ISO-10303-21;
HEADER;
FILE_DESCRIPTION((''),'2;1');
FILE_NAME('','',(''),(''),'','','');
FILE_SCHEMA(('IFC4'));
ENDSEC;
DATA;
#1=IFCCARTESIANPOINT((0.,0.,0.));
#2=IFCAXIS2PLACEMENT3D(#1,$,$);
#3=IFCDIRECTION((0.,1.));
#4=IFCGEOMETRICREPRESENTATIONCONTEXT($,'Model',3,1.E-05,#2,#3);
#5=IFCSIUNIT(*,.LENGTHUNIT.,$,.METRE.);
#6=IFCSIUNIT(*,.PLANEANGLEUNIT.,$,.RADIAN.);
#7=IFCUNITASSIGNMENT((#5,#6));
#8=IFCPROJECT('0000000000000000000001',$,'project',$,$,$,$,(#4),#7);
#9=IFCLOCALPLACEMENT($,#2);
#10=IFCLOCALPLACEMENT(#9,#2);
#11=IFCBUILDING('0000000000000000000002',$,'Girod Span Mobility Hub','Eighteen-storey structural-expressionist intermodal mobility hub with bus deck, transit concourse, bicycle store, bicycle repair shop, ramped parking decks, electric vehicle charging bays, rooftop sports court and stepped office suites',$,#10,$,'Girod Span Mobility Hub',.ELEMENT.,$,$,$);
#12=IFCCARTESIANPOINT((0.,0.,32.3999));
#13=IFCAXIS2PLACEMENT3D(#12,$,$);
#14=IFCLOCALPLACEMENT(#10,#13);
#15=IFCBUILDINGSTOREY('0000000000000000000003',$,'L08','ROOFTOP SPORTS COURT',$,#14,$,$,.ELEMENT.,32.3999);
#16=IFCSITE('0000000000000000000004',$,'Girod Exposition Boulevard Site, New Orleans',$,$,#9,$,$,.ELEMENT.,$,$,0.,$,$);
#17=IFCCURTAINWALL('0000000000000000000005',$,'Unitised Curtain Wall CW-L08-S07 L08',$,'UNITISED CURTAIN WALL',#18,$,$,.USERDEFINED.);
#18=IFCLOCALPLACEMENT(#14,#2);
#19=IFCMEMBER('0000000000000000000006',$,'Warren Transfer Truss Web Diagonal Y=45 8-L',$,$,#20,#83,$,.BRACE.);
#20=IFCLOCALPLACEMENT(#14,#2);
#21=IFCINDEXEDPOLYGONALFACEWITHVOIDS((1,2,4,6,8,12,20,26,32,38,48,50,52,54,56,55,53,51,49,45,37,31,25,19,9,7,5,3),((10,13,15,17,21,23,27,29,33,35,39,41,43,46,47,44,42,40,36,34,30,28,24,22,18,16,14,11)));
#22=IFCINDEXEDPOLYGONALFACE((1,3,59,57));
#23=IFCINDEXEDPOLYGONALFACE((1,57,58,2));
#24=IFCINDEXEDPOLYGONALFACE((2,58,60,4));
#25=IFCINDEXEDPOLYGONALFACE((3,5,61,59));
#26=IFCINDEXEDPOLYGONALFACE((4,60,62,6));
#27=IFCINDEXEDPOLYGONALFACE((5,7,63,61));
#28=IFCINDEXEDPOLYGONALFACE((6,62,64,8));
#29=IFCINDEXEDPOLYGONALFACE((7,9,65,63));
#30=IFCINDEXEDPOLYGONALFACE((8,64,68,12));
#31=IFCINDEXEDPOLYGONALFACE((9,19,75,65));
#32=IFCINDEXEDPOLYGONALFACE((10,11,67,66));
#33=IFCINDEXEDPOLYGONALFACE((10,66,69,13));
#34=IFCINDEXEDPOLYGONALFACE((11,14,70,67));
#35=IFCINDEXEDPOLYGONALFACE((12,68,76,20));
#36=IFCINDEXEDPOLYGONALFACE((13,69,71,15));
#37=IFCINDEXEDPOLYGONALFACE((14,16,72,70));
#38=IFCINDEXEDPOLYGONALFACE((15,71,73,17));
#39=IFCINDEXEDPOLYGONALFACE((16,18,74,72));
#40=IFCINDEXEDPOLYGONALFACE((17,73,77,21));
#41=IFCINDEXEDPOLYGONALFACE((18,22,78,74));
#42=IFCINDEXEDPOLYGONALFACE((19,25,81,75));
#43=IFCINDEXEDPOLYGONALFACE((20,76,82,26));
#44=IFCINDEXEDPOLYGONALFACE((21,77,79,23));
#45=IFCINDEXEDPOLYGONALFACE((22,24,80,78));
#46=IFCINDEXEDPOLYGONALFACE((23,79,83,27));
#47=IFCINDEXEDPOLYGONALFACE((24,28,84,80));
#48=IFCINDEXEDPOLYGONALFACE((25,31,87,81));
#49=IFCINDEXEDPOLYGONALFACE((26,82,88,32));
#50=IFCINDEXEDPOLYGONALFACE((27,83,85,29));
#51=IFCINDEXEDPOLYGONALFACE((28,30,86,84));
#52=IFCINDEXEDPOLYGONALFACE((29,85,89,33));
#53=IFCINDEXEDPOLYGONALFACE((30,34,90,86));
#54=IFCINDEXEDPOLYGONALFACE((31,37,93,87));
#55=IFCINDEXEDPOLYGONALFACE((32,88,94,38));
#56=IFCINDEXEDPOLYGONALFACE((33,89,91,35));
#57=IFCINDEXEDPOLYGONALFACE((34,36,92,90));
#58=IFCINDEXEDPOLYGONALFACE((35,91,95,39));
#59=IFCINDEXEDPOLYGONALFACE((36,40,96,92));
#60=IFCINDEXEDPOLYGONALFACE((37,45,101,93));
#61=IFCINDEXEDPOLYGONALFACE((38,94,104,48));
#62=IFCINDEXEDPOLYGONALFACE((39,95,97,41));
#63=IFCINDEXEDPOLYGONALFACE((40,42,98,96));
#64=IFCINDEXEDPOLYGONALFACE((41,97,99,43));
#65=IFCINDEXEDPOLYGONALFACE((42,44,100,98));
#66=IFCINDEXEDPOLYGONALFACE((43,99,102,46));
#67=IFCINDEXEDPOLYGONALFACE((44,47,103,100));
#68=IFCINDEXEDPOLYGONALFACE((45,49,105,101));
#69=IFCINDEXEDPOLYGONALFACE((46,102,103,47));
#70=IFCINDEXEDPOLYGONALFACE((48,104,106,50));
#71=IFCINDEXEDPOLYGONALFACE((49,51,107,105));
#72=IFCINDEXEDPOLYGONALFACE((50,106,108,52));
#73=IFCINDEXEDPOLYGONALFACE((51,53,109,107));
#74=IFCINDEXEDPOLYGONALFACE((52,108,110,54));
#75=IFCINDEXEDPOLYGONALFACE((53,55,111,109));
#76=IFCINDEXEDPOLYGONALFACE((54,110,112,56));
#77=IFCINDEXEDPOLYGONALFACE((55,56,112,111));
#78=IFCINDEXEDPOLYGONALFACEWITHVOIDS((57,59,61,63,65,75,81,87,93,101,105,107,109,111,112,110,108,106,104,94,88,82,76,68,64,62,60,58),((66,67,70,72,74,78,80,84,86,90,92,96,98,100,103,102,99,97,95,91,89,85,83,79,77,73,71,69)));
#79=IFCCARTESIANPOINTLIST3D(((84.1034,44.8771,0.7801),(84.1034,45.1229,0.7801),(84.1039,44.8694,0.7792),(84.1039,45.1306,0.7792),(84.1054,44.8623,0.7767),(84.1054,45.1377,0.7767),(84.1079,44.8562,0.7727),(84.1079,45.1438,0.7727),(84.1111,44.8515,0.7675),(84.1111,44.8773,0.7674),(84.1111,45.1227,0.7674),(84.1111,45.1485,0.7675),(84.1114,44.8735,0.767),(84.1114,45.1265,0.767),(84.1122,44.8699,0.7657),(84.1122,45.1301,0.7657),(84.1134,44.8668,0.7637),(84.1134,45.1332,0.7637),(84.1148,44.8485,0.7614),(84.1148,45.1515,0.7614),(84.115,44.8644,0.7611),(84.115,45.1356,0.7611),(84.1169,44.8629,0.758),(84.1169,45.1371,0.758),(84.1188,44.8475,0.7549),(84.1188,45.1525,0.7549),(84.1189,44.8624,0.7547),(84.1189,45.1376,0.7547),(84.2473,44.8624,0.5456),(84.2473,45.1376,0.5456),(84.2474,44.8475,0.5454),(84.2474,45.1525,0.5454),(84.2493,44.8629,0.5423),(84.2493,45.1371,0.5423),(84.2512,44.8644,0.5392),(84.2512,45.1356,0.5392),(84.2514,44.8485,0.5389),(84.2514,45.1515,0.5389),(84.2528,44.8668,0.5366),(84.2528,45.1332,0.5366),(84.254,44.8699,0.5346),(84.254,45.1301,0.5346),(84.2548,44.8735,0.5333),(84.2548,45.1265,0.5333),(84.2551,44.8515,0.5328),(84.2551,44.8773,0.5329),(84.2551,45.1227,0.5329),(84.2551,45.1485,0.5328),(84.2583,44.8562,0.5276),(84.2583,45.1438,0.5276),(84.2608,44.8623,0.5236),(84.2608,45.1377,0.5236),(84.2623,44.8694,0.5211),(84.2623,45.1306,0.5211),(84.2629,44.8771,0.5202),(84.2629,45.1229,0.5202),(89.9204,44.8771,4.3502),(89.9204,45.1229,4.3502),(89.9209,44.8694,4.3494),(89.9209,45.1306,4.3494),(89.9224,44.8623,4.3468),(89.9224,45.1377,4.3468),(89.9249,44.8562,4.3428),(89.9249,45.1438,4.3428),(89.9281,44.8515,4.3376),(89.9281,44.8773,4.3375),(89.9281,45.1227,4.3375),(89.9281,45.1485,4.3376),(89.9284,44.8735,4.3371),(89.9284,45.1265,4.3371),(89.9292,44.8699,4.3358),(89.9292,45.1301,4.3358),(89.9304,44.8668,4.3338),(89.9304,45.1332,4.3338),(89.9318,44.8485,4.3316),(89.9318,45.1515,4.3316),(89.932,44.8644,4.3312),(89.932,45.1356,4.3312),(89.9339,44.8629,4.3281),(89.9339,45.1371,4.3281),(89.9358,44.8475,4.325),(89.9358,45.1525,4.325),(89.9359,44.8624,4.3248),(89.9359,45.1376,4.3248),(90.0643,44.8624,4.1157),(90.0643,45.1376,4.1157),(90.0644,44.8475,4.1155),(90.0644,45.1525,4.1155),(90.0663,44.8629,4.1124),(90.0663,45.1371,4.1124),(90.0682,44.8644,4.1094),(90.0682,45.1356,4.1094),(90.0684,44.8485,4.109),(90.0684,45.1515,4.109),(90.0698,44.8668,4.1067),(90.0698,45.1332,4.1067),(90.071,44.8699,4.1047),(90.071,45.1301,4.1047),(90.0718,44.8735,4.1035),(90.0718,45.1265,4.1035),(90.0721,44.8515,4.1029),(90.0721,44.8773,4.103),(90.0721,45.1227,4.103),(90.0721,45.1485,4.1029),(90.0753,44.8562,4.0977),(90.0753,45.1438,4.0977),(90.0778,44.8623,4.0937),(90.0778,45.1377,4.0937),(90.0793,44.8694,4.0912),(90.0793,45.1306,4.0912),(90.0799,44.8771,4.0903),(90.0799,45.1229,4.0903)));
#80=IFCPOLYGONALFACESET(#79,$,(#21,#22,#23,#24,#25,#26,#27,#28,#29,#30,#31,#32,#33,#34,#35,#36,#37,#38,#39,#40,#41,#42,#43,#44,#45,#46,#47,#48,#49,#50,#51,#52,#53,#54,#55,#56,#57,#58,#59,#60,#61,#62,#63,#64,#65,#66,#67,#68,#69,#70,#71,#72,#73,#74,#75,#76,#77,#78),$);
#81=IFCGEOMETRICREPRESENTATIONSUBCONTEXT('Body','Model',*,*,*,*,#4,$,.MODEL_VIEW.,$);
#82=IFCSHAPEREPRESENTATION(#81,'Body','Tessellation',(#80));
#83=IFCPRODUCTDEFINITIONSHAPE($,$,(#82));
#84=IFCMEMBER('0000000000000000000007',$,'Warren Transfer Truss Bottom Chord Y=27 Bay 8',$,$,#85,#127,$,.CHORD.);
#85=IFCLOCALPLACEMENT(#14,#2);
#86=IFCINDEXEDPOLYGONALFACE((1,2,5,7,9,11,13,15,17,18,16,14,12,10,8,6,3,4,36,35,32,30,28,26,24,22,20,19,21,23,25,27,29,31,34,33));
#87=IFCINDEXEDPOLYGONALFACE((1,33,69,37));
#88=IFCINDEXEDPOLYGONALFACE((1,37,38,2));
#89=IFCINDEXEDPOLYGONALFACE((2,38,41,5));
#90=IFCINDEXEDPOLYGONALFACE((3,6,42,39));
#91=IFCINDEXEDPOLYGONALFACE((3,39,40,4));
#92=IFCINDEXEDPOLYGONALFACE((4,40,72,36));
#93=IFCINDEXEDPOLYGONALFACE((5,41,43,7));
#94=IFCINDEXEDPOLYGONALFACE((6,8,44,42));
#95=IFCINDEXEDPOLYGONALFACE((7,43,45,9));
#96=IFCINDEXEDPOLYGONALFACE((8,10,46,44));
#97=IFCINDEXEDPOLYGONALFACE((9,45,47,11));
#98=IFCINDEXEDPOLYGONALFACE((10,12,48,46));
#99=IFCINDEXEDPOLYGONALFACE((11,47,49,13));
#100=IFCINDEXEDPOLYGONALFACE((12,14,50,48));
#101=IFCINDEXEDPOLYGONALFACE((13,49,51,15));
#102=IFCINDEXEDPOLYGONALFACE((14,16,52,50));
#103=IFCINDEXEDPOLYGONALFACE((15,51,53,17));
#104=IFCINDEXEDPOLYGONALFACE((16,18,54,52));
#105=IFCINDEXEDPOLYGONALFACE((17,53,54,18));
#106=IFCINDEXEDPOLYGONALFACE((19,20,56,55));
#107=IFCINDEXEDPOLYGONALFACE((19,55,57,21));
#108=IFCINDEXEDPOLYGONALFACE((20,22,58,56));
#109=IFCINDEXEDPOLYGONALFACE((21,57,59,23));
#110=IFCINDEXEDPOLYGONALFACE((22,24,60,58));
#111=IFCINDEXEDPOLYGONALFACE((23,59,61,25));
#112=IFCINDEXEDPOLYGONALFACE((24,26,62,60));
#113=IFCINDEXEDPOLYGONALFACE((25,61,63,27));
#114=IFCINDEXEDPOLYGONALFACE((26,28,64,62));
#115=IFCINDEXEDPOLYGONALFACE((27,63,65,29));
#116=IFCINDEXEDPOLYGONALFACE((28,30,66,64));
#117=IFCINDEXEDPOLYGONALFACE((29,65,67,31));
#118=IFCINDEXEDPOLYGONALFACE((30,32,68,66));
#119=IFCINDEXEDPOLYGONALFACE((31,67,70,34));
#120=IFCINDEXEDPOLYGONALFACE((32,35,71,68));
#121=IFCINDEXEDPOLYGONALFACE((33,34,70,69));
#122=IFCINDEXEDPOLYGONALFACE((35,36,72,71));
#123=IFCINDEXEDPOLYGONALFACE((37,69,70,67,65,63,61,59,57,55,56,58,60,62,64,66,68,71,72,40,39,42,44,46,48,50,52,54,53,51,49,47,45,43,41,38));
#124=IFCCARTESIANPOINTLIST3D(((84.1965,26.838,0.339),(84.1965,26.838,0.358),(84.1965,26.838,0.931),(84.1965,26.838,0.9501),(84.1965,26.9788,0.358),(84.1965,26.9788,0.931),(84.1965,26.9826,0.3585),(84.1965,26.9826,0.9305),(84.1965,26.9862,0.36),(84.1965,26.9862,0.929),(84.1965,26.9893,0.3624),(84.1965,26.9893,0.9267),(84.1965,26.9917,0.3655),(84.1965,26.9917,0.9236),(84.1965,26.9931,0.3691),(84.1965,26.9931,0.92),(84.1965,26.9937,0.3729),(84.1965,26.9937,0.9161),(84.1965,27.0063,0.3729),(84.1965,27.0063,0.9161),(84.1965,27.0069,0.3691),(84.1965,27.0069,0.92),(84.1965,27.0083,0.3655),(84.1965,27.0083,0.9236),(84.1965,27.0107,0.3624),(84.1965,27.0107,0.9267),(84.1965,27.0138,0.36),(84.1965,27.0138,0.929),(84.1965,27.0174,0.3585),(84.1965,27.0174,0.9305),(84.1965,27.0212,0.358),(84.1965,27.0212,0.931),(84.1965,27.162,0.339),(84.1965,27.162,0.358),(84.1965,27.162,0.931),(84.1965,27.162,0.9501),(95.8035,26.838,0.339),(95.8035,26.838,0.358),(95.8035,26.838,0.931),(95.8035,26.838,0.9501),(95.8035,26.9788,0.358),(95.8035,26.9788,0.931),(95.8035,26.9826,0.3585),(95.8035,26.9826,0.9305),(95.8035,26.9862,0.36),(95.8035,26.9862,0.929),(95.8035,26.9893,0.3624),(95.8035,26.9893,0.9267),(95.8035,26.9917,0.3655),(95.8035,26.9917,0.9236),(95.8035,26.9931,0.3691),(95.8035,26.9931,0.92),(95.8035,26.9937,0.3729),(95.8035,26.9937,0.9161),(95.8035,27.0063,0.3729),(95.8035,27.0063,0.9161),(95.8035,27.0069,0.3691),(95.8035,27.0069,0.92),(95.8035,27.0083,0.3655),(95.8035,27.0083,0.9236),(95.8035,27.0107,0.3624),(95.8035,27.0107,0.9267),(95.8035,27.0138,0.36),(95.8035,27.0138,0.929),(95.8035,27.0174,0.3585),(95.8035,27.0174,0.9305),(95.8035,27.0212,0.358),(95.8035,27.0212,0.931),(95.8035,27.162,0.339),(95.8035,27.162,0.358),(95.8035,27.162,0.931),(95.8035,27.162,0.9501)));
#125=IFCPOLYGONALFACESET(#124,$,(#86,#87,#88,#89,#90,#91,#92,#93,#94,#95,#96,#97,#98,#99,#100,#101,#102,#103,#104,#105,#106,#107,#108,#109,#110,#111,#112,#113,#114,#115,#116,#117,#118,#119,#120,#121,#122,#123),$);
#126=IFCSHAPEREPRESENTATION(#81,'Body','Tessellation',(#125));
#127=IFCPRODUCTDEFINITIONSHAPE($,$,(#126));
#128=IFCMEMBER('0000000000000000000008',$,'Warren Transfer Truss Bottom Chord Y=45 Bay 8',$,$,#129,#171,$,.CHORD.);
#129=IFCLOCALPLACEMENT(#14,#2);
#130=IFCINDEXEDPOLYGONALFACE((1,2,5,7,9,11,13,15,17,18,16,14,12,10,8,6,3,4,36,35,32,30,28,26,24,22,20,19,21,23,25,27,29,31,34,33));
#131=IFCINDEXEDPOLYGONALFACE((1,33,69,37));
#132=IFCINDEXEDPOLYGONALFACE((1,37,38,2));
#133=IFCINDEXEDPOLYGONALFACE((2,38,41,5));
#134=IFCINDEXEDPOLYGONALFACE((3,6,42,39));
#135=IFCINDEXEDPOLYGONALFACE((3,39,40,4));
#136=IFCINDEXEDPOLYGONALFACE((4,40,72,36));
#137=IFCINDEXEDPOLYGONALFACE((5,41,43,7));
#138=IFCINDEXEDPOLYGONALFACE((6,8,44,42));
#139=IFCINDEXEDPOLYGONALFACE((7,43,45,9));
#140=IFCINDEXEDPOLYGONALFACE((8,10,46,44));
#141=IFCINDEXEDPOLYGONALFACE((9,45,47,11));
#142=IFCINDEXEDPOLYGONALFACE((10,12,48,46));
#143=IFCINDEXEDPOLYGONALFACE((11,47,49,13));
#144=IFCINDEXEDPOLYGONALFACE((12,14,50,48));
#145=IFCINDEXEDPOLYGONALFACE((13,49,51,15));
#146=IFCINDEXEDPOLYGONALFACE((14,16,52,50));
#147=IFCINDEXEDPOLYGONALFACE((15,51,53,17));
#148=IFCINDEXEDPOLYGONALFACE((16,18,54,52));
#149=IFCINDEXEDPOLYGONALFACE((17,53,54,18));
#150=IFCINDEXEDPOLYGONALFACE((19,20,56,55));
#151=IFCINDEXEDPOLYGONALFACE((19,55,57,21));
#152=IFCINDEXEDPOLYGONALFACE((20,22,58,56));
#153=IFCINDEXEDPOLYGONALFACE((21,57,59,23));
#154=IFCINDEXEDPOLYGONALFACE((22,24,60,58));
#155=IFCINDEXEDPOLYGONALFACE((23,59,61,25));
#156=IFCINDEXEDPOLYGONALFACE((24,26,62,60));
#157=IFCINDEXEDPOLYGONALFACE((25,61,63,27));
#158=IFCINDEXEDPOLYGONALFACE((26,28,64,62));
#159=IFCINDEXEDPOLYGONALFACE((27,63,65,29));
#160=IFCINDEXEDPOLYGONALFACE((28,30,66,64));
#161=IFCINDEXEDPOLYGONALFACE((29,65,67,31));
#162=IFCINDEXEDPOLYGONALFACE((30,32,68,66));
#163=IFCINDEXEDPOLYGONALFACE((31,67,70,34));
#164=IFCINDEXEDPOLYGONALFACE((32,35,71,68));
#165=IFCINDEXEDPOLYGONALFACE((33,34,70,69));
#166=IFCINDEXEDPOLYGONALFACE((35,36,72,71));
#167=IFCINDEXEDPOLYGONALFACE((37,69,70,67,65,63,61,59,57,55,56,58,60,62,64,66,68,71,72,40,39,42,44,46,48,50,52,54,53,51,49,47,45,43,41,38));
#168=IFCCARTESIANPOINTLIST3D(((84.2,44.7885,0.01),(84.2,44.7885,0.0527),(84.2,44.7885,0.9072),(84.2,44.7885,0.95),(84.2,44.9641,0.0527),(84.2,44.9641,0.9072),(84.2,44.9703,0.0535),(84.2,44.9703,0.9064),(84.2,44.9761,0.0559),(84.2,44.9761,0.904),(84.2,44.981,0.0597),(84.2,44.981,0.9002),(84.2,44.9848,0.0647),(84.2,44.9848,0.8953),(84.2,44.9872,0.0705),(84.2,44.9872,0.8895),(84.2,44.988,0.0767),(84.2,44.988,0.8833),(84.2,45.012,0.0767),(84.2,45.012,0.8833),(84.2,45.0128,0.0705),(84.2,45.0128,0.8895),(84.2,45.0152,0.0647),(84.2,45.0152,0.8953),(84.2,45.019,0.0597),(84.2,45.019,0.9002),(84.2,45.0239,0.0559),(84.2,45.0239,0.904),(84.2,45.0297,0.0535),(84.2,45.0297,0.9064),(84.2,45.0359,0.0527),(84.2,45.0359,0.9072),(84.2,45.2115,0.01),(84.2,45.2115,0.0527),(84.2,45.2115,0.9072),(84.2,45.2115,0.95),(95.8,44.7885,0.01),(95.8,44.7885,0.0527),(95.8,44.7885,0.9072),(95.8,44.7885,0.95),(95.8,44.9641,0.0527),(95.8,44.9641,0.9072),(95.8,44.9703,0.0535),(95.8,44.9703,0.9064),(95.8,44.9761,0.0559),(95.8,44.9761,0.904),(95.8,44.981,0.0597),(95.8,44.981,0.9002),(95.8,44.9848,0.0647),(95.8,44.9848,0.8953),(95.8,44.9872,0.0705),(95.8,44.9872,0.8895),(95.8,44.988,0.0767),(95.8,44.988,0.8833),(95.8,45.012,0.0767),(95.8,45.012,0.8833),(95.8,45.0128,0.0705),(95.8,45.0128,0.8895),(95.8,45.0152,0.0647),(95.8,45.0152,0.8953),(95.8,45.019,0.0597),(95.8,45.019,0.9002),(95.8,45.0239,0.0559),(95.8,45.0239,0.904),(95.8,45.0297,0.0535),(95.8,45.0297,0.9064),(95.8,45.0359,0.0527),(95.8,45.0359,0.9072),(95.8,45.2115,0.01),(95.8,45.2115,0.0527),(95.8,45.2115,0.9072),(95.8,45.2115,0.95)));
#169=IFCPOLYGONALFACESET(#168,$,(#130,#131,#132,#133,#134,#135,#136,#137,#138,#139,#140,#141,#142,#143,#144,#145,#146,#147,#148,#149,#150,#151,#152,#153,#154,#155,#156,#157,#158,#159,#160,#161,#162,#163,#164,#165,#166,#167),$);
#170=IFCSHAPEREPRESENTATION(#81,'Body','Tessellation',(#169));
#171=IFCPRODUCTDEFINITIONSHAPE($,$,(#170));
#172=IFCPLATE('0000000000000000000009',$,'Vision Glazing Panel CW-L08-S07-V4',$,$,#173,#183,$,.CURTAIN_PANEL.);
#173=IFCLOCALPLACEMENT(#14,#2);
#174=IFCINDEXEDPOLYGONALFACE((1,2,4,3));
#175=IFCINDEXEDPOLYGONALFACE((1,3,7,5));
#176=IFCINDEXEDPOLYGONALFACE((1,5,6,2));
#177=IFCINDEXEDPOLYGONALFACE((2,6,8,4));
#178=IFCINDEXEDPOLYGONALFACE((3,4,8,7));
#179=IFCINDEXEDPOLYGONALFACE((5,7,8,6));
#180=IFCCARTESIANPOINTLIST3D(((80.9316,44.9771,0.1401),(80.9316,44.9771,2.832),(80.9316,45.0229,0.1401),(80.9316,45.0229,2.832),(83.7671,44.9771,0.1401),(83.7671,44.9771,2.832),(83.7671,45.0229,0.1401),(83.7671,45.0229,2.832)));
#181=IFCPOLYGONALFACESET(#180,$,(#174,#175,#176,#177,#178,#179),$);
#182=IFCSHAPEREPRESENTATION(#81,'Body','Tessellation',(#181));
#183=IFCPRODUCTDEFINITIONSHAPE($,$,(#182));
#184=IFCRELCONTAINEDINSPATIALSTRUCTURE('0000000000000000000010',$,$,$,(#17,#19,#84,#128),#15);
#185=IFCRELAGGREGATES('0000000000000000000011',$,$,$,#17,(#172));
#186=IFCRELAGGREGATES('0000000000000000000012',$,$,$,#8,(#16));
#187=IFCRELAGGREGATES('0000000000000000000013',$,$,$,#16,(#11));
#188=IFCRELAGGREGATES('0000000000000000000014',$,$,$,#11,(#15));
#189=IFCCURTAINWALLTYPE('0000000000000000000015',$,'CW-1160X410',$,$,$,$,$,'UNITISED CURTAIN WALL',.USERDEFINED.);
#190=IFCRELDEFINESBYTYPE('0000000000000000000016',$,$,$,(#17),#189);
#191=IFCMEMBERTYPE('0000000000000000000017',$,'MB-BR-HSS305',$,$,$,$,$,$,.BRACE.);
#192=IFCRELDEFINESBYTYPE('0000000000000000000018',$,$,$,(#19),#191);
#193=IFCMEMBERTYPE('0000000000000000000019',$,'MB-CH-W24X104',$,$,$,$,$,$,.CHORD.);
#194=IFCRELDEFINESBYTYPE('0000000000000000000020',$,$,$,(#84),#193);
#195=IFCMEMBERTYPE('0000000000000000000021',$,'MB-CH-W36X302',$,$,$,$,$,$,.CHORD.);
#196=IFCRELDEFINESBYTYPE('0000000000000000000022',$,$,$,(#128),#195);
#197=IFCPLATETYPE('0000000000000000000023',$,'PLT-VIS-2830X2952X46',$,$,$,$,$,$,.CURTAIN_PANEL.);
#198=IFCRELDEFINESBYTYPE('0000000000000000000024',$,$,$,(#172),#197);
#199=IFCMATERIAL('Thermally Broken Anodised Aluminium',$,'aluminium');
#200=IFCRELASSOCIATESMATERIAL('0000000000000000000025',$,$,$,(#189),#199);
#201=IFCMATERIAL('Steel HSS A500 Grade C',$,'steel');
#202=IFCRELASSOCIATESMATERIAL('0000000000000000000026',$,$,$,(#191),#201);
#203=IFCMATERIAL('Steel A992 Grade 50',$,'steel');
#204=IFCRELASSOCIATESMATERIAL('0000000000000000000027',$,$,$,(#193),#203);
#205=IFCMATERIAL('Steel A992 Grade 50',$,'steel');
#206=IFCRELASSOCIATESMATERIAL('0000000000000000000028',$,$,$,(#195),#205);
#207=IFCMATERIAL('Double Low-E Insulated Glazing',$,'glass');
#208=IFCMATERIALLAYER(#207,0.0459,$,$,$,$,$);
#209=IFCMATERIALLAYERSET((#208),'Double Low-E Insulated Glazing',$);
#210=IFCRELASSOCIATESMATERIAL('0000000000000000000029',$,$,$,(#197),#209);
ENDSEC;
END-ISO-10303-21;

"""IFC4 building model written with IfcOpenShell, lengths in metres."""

from ifc_helpers import new_model, si_unit, direction, frame, origin, origin_2d, place, context, subcontext, project, spatial, rectangle, hollow_rectangle, i_section, extrude, material, layer, layer_set, material_profile, profile_set, type_object, element, aggregate, save


model = new_model("IFC4")

# Units and contexts
model_context = context("Model", 3, precision=1e-05, world=origin(), true_north=direction((0.0, 1.0)))
body_context = subcontext(model_context, "Body", "Model", "MODEL_VIEW")
ifc_project = project(units=[si_unit("LENGTHUNIT", "METRE"), si_unit("PLANEANGLEUNIT", "RADIAN")], contexts=[model_context])

# Site, building, storey
site_placement = place(None, origin())
site = spatial("IfcSite", under=ifc_project, at=site_placement, Name="Girod Exposition Boulevard Site, New Orleans", CompositionType="ELEMENT", RefElevation=0.0)
building_placement = place(site_placement, origin())
building = spatial("IfcBuilding", under=site, at=building_placement, Name="Girod Span Mobility Hub", Description="Eighteen-storey structural-expressionist intermodal mobility hub with bus deck, transit concourse, bicycle store, bicycle repair shop, ramped parking decks, electric vehicle charging bays, rooftop sports court and stepped office suites", LongName="Girod Span Mobility Hub", CompositionType="ELEMENT")
storey_placement = place(building_placement, frame((0.0, 0.0, 32.3999)))
storey = spatial("IfcBuildingStorey", under=building, at=storey_placement, Name="L08", Description="ROOFTOP SPORTS COURT", CompositionType="ELEMENT", Elevation=32.3999)

# Curtain wall
ifc_material_1 = material(Name="Thermally Broken Anodised Aluminium", Category="aluminium")
curtain_wall_type = type_object("IfcCurtainWallType", Name="CW-1160X410", ElementType="UNITISED CURTAIN WALL", PredefinedType="USERDEFINED", material=ifc_material_1)
curtain_wall_1_placement = place(storey_placement, origin())
curtain_wall_1 = element("IfcCurtainWall", 1, at=curtain_wall_1_placement, inside=storey, type_object=curtain_wall_type, Name="Unitised Curtain Wall CW-L08-S07 L08", ObjectType="UNITISED CURTAIN WALL", PredefinedType="USERDEFINED")

# Members
ifc_material_2 = material(Name="Steel HSS A500 Grade C", Category="steel")
ifc_material_profile_1 = material_profile(ifc_material_2, hollow_rectangle(XDim=0.3049, YDim=0.3049, WallThickness=0.0149, InnerFilletRadius=0.0149, OuterFilletRadius=0.0295, at=origin_2d()), Name="HSS305X305X16")
ifc_profile_set_1 = profile_set([ifc_material_profile_1], Name="Steel HSS A500 Grade C")
member_type_1 = type_object("IfcMemberType", Name="MB-BR-HSS305", PredefinedType="BRACE", material=ifc_profile_set_1)
for number, where, z_axis, x_axis, name in (
    (2, (84.1831, 45.0, 0.6501), (0.852283, 0.0, 0.523081), (0.0, 1.0, 0.0), "Warren Transfer Truss Web Diagonal Y=45 8-L"),
):
    element("IfcMember", number, at=place(storey_placement, frame(where, z_axis=z_axis, x_axis=x_axis)), inside=storey, type_object=member_type_1, Name=name, PredefinedType="BRACE", context=body_context, shape_type="SweptSolid", body=[
        extrude(hollow_rectangle(XDim=0.3049, YDim=0.3049, WallThickness=0.0149, InnerFilletRadius=0.0149, OuterFilletRadius=0.0295, at=origin_2d()), origin(), (0.0, 0.0, 1.0), 6.8252),
    ])
ifc_material_3 = material(Name="Steel A992 Grade 50", Category="steel")
ifc_material_profile_2 = material_profile(ifc_material_3, i_section(OverallWidth=0.324, OverallDepth=0.6111, WebThickness=0.0127, FlangeThickness=0.019, FilletRadius=0.0149, at=origin_2d()), Name="W24X104")
ifc_profile_set_2 = profile_set([ifc_material_profile_2], Name="Steel A992 Grade 50")
member_type_2 = type_object("IfcMemberType", Name="MB-CH-W24X104", PredefinedType="CHORD", material=ifc_profile_set_2)
member_1_placement = place(storey_placement, frame((84.1965, 27.0, 0.6445), z_axis=(1.0, 0.0, 0.0), x_axis=(0.0, 1.0, 0.0)))
element("IfcMember", 3, at=member_1_placement, inside=storey, type_object=member_type_2, Name="Warren Transfer Truss Bottom Chord Y=27 Bay 8", PredefinedType="CHORD", context=body_context, shape_type="SweptSolid", body=[
    extrude(i_section(OverallWidth=0.324, OverallDepth=0.6111, WebThickness=0.0127, FlangeThickness=0.019, FilletRadius=0.0149, at=origin_2d()), origin(), (0.0, 0.0, 1.0), 11.6069),
])
ifc_material_4 = material(Name="Steel A992 Grade 50", Category="steel")
ifc_material_profile_3 = material_profile(ifc_material_4, i_section(OverallWidth=0.4231, OverallDepth=0.9399, WebThickness=0.0239, FlangeThickness=0.0427, FilletRadius=0.0239, at=origin_2d()), Name="W36X302")
ifc_profile_set_3 = profile_set([ifc_material_profile_3], Name="Steel A992 Grade 50")
member_type_3 = type_object("IfcMemberType", Name="MB-CH-W36X302", PredefinedType="CHORD", material=ifc_profile_set_3)
member_2_placement = place(storey_placement, frame((84.2, 45.0, 0.48), z_axis=(1.0, 0.0, 0.0), x_axis=(0.0, 1.0, 0.0)))
element("IfcMember", 4, at=member_2_placement, inside=storey, type_object=member_type_3, Name="Warren Transfer Truss Bottom Chord Y=45 Bay 8", PredefinedType="CHORD", context=body_context, shape_type="SweptSolid", body=[
    extrude(i_section(OverallWidth=0.4231, OverallDepth=0.9399, WebThickness=0.0239, FlangeThickness=0.0427, FilletRadius=0.0239, at=origin_2d()), origin(), (0.0, 0.0, 1.0), 11.6001),
])

# Plate
ifc_material_5 = material(Name="Double Low-E Insulated Glazing", Category="glass")
ifc_layer_1 = layer(ifc_material_5, 0.0459)
ifc_layer_set_1 = layer_set([ifc_layer_1], Name="Double Low-E Insulated Glazing")
plate_type = type_object("IfcPlateType", Name="PLT-VIS-2830X2952X46", PredefinedType="CURTAIN_PANEL", material=ifc_layer_set_1)
plate_placement = place(storey_placement, frame((82.3494, 45.0, 0.1401), z_axis=(0.0, 0.0, 1.0), x_axis=(1.0, 0.0, 0.0)))
plate = element("IfcPlate", 5, at=plate_placement, type_object=plate_type, Name="Vision Glazing Panel CW-L08-S07-V4", PredefinedType="CURTAIN_PANEL", context=body_context, shape_type="SweptSolid", body=[
    extrude(rectangle(XDim=2.8354, YDim=0.0459, at=origin_2d()), origin(), (0.0, 0.0, 1.0), 2.6919),
])
aggregate(curtain_wall_1, [plate])

save(model, "model.ifc")
